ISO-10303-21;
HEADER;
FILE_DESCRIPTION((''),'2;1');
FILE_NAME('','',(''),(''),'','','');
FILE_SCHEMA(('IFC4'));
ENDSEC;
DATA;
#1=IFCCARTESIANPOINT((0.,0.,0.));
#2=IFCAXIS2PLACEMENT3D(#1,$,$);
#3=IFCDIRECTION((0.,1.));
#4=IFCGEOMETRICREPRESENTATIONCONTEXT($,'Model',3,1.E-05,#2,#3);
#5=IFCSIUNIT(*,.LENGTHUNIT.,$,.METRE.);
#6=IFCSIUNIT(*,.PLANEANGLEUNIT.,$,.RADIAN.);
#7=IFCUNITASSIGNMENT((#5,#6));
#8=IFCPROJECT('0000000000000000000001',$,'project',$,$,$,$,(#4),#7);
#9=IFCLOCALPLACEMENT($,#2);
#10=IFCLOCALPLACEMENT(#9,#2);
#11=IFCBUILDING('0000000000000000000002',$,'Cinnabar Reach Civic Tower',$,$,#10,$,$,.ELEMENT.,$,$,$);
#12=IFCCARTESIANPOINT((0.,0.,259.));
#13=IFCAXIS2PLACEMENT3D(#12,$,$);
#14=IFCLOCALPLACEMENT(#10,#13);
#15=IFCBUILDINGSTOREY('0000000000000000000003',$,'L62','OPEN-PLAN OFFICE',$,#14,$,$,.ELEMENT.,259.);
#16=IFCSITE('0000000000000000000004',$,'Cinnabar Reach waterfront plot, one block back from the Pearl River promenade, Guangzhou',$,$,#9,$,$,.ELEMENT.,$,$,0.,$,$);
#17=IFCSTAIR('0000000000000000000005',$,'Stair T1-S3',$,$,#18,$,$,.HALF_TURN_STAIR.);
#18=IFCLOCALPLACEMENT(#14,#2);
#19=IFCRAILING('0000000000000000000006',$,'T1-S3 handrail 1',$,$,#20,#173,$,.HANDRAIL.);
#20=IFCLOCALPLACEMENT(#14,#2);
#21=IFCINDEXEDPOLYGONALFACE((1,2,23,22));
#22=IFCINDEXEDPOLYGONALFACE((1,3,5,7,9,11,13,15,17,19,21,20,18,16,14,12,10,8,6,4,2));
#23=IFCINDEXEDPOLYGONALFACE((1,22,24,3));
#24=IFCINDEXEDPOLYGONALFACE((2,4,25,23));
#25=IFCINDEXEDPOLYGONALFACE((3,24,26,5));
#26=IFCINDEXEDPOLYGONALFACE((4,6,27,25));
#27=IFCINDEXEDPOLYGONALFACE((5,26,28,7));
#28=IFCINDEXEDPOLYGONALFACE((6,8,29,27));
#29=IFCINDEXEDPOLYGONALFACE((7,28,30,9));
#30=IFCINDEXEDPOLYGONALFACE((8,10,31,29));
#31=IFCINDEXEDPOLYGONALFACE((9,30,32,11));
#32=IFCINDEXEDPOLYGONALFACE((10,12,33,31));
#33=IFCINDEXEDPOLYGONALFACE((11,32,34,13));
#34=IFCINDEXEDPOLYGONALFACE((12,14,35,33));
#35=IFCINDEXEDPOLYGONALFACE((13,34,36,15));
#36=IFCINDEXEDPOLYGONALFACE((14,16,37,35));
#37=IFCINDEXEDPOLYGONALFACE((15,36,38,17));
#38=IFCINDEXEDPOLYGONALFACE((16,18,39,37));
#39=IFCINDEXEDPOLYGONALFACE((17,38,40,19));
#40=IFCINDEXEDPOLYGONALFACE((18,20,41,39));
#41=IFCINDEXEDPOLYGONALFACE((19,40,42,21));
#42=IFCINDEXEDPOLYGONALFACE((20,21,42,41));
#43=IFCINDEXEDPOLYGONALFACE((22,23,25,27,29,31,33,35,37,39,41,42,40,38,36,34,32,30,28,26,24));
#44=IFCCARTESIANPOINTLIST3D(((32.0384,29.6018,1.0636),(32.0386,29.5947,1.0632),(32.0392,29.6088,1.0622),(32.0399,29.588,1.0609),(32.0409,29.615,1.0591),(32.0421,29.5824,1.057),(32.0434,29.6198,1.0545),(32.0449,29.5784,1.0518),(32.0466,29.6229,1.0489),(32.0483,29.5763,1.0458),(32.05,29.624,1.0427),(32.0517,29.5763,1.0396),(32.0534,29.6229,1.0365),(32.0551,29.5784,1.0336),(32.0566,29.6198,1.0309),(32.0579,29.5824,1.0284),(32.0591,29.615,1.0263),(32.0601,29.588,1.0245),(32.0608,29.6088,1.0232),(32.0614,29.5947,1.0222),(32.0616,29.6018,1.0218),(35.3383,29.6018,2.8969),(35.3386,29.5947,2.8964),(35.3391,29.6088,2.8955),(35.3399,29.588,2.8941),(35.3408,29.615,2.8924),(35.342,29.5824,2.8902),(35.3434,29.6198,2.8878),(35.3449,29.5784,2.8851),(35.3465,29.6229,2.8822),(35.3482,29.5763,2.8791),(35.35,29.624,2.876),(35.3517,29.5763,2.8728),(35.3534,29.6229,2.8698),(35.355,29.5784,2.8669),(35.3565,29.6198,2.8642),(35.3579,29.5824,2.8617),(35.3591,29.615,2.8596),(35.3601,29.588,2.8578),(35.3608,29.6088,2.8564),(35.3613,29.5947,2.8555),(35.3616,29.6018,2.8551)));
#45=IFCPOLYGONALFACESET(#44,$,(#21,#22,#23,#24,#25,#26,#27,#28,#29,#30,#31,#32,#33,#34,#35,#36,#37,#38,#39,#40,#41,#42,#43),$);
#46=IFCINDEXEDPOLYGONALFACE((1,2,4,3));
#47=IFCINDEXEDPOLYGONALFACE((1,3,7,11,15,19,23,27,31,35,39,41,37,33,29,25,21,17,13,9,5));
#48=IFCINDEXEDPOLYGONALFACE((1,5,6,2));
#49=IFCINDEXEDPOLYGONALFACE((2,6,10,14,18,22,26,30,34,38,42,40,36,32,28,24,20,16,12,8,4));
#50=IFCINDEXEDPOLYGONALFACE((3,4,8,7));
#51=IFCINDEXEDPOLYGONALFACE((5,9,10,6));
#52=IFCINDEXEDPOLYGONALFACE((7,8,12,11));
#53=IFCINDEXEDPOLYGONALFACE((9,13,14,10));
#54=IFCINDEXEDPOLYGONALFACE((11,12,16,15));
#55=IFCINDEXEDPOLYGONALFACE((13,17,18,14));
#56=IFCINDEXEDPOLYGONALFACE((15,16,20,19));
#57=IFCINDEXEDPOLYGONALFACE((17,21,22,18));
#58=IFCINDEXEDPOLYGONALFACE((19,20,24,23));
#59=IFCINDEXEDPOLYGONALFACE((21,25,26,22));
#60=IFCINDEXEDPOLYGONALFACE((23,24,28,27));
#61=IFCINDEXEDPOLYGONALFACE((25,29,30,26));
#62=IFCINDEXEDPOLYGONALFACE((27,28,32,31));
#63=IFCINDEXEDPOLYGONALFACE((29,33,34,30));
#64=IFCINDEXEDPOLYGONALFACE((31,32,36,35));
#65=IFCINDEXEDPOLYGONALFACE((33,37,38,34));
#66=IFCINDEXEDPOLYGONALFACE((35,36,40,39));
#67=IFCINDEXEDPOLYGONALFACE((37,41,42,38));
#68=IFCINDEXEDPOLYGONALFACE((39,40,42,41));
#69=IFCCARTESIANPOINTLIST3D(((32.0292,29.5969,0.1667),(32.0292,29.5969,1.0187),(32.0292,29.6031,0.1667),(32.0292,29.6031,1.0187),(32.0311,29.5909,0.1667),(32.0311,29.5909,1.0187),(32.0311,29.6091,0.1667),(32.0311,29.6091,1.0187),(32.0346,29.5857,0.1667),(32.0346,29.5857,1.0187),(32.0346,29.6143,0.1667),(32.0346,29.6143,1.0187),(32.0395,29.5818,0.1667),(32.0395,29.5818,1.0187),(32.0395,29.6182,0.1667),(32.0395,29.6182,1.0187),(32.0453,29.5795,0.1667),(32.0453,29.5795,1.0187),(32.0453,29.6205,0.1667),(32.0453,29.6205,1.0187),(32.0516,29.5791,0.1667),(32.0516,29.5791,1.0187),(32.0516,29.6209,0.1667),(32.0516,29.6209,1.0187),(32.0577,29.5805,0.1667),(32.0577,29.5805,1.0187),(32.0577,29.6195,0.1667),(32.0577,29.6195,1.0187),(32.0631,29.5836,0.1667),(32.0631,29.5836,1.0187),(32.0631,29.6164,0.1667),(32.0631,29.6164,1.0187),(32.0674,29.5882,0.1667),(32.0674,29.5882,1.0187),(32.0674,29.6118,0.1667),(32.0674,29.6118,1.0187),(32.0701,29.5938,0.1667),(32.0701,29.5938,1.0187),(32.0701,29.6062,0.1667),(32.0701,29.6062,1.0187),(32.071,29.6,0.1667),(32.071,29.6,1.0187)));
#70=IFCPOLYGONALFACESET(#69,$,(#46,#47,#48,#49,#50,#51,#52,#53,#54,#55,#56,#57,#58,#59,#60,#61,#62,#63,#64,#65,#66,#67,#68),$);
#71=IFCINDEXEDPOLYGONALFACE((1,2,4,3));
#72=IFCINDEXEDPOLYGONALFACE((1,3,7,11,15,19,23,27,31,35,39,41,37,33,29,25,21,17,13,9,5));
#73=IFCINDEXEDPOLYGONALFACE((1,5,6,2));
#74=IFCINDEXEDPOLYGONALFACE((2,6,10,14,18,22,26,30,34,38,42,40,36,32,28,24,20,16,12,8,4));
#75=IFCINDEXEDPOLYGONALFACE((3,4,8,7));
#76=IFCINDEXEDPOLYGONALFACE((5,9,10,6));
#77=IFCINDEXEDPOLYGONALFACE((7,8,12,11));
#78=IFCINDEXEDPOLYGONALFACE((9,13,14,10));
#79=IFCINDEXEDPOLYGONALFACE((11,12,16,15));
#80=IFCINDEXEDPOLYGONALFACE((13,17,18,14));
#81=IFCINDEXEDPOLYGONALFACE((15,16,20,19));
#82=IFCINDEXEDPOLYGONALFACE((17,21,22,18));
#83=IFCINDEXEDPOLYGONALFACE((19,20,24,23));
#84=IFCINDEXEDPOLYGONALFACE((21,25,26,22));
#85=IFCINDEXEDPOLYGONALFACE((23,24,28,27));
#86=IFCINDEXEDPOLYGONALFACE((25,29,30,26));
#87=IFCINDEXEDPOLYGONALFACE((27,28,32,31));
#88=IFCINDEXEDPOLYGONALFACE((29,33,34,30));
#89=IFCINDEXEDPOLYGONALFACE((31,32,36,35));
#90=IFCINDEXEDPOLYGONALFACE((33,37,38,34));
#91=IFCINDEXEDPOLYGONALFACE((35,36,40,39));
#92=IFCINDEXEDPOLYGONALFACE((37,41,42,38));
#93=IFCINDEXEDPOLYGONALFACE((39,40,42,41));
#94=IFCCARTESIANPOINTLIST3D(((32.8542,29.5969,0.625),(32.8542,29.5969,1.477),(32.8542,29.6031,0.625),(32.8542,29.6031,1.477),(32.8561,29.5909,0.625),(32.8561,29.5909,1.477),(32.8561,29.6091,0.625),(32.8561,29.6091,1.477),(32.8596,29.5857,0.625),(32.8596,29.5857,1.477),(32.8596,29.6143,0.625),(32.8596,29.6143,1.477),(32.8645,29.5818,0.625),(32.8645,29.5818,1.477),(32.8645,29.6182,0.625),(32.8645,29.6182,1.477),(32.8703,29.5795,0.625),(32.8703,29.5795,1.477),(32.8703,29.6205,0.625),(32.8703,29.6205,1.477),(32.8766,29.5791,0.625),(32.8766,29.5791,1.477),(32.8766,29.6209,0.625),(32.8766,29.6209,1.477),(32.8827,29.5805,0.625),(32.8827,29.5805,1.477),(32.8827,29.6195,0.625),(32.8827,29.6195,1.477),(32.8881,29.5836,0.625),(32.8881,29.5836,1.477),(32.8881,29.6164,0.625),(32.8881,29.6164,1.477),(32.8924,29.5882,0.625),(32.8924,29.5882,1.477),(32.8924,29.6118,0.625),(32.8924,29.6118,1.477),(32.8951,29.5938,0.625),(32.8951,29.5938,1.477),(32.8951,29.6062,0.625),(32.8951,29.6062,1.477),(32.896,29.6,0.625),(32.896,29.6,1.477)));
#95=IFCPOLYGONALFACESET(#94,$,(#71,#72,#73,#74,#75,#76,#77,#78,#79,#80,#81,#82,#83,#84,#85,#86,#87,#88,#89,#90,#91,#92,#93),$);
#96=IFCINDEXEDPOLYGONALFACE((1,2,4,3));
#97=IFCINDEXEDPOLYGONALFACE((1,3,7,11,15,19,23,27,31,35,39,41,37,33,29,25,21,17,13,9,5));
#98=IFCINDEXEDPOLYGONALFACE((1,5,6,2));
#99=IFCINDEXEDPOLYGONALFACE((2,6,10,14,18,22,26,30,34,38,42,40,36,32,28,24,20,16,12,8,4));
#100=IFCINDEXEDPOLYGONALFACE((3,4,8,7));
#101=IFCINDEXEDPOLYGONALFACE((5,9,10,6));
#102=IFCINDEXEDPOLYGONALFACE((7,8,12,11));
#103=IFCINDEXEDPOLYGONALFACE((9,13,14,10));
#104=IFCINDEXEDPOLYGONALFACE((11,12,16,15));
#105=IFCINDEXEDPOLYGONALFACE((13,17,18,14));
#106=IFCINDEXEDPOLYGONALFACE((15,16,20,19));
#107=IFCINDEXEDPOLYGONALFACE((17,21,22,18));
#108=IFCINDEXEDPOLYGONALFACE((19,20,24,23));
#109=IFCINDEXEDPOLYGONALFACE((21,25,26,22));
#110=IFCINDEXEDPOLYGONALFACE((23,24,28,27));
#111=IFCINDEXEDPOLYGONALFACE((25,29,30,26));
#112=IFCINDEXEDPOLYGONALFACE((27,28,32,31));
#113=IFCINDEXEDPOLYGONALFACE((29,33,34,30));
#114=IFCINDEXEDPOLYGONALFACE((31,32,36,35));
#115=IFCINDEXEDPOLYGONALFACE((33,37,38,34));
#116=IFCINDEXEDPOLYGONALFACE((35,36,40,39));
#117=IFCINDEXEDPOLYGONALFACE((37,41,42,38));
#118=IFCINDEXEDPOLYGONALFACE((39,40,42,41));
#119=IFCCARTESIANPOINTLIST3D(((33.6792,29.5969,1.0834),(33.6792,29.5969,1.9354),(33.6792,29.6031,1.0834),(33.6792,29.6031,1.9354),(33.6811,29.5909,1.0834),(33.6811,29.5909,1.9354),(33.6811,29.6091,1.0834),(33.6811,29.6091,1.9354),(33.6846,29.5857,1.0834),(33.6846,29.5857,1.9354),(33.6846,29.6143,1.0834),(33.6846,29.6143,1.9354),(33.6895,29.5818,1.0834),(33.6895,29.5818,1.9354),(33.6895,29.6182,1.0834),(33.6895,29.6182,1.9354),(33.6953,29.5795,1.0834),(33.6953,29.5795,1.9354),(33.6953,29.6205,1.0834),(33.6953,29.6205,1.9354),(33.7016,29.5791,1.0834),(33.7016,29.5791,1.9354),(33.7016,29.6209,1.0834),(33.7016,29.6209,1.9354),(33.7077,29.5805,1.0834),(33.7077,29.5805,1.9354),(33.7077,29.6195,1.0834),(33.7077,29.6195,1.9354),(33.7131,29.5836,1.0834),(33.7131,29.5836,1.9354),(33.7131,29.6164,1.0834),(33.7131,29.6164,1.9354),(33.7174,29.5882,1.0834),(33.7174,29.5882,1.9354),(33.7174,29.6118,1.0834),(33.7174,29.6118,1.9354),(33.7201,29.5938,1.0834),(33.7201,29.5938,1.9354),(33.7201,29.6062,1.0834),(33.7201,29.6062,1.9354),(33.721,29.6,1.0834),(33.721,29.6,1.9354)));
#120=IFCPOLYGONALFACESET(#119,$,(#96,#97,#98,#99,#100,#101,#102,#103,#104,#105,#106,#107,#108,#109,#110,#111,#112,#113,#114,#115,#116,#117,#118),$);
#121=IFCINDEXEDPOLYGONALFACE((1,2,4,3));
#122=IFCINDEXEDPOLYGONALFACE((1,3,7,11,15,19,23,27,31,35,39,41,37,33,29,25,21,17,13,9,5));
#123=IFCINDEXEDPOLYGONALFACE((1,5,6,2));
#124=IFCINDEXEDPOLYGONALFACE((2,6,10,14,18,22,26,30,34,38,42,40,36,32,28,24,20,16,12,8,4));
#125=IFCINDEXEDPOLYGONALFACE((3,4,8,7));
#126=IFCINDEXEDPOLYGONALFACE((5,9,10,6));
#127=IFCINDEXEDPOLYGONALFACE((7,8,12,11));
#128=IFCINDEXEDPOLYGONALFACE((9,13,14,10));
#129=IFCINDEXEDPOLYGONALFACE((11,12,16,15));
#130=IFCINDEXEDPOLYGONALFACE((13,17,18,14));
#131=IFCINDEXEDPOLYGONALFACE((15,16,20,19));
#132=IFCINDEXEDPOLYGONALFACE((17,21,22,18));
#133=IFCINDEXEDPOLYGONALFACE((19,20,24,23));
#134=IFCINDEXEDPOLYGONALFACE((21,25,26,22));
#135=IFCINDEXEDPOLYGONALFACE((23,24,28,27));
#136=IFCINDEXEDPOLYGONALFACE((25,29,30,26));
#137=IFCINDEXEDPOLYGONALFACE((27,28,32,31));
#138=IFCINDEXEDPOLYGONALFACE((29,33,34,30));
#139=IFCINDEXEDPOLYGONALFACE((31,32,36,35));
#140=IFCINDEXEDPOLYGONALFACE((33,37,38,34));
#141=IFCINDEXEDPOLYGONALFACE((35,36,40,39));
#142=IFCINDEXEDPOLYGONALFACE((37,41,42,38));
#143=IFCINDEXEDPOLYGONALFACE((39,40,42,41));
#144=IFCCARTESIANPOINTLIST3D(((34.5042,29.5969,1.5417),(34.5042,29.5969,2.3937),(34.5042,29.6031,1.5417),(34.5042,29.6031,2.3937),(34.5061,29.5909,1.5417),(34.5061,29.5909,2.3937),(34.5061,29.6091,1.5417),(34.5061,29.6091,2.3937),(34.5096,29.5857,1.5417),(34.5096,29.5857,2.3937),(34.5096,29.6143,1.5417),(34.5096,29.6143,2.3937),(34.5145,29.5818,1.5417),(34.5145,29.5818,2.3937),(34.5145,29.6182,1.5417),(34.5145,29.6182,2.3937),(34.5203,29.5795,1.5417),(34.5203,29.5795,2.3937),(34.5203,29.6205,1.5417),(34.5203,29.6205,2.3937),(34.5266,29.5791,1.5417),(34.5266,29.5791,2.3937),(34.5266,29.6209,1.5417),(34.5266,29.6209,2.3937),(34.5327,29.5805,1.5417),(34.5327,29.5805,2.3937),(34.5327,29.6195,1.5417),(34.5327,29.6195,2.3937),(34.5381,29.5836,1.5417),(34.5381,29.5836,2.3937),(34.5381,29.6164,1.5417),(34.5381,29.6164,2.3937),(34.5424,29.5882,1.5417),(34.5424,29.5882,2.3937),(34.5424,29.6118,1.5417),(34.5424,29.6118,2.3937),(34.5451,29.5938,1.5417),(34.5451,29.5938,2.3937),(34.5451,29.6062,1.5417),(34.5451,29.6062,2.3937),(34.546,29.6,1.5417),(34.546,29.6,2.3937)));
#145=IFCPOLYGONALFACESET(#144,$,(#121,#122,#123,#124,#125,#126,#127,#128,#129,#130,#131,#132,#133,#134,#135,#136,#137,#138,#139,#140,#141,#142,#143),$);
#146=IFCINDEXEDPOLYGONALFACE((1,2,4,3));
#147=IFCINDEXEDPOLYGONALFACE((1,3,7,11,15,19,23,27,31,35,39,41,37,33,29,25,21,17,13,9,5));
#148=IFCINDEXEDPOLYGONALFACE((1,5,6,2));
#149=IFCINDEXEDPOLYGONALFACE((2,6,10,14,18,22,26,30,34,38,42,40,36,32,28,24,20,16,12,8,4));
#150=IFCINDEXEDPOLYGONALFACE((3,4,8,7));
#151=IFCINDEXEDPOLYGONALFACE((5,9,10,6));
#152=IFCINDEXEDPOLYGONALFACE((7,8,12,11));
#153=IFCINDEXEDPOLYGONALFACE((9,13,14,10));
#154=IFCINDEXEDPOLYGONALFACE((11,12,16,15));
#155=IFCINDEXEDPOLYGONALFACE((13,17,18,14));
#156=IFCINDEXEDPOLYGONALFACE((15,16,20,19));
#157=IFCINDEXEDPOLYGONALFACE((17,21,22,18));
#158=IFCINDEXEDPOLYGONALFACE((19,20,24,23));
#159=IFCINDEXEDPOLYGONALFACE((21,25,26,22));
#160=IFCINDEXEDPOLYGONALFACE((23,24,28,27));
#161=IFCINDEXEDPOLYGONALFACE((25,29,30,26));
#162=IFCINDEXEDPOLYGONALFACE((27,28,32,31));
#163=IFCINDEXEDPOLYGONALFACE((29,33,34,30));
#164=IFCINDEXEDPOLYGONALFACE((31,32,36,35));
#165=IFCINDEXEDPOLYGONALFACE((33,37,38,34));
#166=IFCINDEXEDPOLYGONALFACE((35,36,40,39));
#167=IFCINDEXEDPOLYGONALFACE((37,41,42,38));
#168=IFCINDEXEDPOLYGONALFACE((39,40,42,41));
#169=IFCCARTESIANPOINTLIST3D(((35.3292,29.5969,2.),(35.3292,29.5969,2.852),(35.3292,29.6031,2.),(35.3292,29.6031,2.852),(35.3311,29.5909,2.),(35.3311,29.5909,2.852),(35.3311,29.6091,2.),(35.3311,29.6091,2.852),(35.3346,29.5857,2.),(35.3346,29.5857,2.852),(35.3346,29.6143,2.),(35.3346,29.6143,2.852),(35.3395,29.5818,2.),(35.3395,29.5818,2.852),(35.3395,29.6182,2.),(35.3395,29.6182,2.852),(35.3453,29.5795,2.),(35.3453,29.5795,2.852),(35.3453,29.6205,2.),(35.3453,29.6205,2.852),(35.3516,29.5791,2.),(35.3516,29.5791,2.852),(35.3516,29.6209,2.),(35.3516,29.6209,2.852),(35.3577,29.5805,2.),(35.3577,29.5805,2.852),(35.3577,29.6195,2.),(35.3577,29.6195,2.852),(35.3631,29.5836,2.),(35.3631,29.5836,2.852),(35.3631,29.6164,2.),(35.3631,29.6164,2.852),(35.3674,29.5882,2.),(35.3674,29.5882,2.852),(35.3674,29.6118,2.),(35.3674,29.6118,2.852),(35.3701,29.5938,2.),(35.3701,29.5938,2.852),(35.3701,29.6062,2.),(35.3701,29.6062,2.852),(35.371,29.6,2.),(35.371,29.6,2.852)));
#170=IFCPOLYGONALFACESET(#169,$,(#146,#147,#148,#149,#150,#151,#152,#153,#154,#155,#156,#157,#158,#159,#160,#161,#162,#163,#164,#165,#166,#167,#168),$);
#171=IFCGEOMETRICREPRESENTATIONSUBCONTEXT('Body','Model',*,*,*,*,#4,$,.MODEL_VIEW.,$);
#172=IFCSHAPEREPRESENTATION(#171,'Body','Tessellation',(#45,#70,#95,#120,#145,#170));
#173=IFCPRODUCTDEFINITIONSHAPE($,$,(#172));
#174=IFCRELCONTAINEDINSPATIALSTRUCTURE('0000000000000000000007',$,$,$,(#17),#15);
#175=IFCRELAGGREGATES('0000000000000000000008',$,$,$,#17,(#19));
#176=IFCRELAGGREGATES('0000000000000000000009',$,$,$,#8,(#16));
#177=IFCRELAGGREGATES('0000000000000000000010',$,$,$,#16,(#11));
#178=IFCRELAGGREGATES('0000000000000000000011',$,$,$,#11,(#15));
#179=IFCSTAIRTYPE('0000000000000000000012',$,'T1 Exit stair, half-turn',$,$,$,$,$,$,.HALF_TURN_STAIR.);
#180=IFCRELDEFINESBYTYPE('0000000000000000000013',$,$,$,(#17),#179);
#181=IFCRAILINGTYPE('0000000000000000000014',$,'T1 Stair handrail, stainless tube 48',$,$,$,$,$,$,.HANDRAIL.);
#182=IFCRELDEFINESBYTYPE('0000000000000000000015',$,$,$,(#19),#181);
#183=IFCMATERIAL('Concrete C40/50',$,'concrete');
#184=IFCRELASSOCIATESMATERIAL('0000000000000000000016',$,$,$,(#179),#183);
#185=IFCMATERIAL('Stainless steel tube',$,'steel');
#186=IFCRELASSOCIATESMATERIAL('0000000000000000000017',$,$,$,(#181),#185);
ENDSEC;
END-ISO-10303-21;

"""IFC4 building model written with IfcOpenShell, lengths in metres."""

from ifc_helpers import new_model, si_unit, direction, frame, origin, origin_2d, place, context, subcontext, project, spatial, circle, extrude, material, type_object, element, aggregate, save


model = new_model("IFC4")

# Units and contexts
model_context = context("Model", 3, precision=1e-05, world=origin(), true_north=direction((0.0, 1.0)))
body_context = subcontext(model_context, "Body", "Model", "MODEL_VIEW")
ifc_project = project(units=[si_unit("LENGTHUNIT", "METRE"), si_unit("PLANEANGLEUNIT", "RADIAN")], contexts=[model_context])

# Site, building, storey
site_placement = place(None, origin())
site = spatial("IfcSite", under=ifc_project, at=site_placement, Name="Cinnabar Reach waterfront plot, one block back from the Pearl River promenade, Guangzhou", CompositionType="ELEMENT", RefElevation=0.0)
building_placement = place(site_placement, origin())
building = spatial("IfcBuilding", under=site, at=building_placement, Name="Cinnabar Reach Civic Tower", CompositionType="ELEMENT")
storey_placement = place(building_placement, frame((0.0, 0.0, 259.0)))
storey = spatial("IfcBuildingStorey", under=building, at=storey_placement, Name="L62", Description="OPEN-PLAN OFFICE", CompositionType="ELEMENT", Elevation=259.0)

# Stair, railing
ifc_material_1 = material(Name="Concrete C40/50", Category="concrete")
stair_type = type_object("IfcStairType", Name="T1 Exit stair, half-turn", PredefinedType="HALF_TURN_STAIR", material=ifc_material_1)
stair_placement = place(storey_placement, origin())
stair = element("IfcStair", 1, at=stair_placement, inside=storey, type_object=stair_type, Name="Stair T1-S3", PredefinedType="HALF_TURN_STAIR")
ifc_material_2 = material(Name="Stainless steel tube", Category="steel")
railing_type = type_object("IfcRailingType", Name="T1 Stair handrail, stainless tube 48", PredefinedType="HANDRAIL", material=ifc_material_2)
railing_1_placement = place(storey_placement, frame((32.05, 29.6, 0.1667)))
railing_1 = element("IfcRailing", 2, at=railing_1_placement, type_object=railing_type, Name="T1-S3 handrail 1", PredefinedType="HANDRAIL", context=body_context, shape_type="SweptSolid", body=[
    extrude(circle(Radius=0.024, at=origin_2d()), frame((0.0, 0.0, 0.876), z_axis=(0.874161, 0.0, 0.485636), x_axis=(0.0, 1.0, 0.0)), (0.0, 0.0, 1.0), 3.775),
    extrude(circle(Radius=0.021, at=origin_2d()), origin(), (0.0, 0.0, 1.0), 0.852),
    extrude(circle(Radius=0.021, at=origin_2d()), frame((0.825, 0.0, 0.4583)), (0.0, 0.0, 1.0), 0.852),
    extrude(circle(Radius=0.021, at=origin_2d()), frame((1.65, 0.0, 0.9167)), (0.0, 0.0, 1.0), 0.852),
    extrude(circle(Radius=0.021, at=origin_2d()), frame((2.475, 0.0, 1.375)), (0.0, 0.0, 1.0), 0.852),
    extrude(circle(Radius=0.021, at=origin_2d()), frame((3.3, 0.0, 1.8333)), (0.0, 0.0, 1.0), 0.852),
])
aggregate(stair, [railing_1])

save(model, "model.ifc")
